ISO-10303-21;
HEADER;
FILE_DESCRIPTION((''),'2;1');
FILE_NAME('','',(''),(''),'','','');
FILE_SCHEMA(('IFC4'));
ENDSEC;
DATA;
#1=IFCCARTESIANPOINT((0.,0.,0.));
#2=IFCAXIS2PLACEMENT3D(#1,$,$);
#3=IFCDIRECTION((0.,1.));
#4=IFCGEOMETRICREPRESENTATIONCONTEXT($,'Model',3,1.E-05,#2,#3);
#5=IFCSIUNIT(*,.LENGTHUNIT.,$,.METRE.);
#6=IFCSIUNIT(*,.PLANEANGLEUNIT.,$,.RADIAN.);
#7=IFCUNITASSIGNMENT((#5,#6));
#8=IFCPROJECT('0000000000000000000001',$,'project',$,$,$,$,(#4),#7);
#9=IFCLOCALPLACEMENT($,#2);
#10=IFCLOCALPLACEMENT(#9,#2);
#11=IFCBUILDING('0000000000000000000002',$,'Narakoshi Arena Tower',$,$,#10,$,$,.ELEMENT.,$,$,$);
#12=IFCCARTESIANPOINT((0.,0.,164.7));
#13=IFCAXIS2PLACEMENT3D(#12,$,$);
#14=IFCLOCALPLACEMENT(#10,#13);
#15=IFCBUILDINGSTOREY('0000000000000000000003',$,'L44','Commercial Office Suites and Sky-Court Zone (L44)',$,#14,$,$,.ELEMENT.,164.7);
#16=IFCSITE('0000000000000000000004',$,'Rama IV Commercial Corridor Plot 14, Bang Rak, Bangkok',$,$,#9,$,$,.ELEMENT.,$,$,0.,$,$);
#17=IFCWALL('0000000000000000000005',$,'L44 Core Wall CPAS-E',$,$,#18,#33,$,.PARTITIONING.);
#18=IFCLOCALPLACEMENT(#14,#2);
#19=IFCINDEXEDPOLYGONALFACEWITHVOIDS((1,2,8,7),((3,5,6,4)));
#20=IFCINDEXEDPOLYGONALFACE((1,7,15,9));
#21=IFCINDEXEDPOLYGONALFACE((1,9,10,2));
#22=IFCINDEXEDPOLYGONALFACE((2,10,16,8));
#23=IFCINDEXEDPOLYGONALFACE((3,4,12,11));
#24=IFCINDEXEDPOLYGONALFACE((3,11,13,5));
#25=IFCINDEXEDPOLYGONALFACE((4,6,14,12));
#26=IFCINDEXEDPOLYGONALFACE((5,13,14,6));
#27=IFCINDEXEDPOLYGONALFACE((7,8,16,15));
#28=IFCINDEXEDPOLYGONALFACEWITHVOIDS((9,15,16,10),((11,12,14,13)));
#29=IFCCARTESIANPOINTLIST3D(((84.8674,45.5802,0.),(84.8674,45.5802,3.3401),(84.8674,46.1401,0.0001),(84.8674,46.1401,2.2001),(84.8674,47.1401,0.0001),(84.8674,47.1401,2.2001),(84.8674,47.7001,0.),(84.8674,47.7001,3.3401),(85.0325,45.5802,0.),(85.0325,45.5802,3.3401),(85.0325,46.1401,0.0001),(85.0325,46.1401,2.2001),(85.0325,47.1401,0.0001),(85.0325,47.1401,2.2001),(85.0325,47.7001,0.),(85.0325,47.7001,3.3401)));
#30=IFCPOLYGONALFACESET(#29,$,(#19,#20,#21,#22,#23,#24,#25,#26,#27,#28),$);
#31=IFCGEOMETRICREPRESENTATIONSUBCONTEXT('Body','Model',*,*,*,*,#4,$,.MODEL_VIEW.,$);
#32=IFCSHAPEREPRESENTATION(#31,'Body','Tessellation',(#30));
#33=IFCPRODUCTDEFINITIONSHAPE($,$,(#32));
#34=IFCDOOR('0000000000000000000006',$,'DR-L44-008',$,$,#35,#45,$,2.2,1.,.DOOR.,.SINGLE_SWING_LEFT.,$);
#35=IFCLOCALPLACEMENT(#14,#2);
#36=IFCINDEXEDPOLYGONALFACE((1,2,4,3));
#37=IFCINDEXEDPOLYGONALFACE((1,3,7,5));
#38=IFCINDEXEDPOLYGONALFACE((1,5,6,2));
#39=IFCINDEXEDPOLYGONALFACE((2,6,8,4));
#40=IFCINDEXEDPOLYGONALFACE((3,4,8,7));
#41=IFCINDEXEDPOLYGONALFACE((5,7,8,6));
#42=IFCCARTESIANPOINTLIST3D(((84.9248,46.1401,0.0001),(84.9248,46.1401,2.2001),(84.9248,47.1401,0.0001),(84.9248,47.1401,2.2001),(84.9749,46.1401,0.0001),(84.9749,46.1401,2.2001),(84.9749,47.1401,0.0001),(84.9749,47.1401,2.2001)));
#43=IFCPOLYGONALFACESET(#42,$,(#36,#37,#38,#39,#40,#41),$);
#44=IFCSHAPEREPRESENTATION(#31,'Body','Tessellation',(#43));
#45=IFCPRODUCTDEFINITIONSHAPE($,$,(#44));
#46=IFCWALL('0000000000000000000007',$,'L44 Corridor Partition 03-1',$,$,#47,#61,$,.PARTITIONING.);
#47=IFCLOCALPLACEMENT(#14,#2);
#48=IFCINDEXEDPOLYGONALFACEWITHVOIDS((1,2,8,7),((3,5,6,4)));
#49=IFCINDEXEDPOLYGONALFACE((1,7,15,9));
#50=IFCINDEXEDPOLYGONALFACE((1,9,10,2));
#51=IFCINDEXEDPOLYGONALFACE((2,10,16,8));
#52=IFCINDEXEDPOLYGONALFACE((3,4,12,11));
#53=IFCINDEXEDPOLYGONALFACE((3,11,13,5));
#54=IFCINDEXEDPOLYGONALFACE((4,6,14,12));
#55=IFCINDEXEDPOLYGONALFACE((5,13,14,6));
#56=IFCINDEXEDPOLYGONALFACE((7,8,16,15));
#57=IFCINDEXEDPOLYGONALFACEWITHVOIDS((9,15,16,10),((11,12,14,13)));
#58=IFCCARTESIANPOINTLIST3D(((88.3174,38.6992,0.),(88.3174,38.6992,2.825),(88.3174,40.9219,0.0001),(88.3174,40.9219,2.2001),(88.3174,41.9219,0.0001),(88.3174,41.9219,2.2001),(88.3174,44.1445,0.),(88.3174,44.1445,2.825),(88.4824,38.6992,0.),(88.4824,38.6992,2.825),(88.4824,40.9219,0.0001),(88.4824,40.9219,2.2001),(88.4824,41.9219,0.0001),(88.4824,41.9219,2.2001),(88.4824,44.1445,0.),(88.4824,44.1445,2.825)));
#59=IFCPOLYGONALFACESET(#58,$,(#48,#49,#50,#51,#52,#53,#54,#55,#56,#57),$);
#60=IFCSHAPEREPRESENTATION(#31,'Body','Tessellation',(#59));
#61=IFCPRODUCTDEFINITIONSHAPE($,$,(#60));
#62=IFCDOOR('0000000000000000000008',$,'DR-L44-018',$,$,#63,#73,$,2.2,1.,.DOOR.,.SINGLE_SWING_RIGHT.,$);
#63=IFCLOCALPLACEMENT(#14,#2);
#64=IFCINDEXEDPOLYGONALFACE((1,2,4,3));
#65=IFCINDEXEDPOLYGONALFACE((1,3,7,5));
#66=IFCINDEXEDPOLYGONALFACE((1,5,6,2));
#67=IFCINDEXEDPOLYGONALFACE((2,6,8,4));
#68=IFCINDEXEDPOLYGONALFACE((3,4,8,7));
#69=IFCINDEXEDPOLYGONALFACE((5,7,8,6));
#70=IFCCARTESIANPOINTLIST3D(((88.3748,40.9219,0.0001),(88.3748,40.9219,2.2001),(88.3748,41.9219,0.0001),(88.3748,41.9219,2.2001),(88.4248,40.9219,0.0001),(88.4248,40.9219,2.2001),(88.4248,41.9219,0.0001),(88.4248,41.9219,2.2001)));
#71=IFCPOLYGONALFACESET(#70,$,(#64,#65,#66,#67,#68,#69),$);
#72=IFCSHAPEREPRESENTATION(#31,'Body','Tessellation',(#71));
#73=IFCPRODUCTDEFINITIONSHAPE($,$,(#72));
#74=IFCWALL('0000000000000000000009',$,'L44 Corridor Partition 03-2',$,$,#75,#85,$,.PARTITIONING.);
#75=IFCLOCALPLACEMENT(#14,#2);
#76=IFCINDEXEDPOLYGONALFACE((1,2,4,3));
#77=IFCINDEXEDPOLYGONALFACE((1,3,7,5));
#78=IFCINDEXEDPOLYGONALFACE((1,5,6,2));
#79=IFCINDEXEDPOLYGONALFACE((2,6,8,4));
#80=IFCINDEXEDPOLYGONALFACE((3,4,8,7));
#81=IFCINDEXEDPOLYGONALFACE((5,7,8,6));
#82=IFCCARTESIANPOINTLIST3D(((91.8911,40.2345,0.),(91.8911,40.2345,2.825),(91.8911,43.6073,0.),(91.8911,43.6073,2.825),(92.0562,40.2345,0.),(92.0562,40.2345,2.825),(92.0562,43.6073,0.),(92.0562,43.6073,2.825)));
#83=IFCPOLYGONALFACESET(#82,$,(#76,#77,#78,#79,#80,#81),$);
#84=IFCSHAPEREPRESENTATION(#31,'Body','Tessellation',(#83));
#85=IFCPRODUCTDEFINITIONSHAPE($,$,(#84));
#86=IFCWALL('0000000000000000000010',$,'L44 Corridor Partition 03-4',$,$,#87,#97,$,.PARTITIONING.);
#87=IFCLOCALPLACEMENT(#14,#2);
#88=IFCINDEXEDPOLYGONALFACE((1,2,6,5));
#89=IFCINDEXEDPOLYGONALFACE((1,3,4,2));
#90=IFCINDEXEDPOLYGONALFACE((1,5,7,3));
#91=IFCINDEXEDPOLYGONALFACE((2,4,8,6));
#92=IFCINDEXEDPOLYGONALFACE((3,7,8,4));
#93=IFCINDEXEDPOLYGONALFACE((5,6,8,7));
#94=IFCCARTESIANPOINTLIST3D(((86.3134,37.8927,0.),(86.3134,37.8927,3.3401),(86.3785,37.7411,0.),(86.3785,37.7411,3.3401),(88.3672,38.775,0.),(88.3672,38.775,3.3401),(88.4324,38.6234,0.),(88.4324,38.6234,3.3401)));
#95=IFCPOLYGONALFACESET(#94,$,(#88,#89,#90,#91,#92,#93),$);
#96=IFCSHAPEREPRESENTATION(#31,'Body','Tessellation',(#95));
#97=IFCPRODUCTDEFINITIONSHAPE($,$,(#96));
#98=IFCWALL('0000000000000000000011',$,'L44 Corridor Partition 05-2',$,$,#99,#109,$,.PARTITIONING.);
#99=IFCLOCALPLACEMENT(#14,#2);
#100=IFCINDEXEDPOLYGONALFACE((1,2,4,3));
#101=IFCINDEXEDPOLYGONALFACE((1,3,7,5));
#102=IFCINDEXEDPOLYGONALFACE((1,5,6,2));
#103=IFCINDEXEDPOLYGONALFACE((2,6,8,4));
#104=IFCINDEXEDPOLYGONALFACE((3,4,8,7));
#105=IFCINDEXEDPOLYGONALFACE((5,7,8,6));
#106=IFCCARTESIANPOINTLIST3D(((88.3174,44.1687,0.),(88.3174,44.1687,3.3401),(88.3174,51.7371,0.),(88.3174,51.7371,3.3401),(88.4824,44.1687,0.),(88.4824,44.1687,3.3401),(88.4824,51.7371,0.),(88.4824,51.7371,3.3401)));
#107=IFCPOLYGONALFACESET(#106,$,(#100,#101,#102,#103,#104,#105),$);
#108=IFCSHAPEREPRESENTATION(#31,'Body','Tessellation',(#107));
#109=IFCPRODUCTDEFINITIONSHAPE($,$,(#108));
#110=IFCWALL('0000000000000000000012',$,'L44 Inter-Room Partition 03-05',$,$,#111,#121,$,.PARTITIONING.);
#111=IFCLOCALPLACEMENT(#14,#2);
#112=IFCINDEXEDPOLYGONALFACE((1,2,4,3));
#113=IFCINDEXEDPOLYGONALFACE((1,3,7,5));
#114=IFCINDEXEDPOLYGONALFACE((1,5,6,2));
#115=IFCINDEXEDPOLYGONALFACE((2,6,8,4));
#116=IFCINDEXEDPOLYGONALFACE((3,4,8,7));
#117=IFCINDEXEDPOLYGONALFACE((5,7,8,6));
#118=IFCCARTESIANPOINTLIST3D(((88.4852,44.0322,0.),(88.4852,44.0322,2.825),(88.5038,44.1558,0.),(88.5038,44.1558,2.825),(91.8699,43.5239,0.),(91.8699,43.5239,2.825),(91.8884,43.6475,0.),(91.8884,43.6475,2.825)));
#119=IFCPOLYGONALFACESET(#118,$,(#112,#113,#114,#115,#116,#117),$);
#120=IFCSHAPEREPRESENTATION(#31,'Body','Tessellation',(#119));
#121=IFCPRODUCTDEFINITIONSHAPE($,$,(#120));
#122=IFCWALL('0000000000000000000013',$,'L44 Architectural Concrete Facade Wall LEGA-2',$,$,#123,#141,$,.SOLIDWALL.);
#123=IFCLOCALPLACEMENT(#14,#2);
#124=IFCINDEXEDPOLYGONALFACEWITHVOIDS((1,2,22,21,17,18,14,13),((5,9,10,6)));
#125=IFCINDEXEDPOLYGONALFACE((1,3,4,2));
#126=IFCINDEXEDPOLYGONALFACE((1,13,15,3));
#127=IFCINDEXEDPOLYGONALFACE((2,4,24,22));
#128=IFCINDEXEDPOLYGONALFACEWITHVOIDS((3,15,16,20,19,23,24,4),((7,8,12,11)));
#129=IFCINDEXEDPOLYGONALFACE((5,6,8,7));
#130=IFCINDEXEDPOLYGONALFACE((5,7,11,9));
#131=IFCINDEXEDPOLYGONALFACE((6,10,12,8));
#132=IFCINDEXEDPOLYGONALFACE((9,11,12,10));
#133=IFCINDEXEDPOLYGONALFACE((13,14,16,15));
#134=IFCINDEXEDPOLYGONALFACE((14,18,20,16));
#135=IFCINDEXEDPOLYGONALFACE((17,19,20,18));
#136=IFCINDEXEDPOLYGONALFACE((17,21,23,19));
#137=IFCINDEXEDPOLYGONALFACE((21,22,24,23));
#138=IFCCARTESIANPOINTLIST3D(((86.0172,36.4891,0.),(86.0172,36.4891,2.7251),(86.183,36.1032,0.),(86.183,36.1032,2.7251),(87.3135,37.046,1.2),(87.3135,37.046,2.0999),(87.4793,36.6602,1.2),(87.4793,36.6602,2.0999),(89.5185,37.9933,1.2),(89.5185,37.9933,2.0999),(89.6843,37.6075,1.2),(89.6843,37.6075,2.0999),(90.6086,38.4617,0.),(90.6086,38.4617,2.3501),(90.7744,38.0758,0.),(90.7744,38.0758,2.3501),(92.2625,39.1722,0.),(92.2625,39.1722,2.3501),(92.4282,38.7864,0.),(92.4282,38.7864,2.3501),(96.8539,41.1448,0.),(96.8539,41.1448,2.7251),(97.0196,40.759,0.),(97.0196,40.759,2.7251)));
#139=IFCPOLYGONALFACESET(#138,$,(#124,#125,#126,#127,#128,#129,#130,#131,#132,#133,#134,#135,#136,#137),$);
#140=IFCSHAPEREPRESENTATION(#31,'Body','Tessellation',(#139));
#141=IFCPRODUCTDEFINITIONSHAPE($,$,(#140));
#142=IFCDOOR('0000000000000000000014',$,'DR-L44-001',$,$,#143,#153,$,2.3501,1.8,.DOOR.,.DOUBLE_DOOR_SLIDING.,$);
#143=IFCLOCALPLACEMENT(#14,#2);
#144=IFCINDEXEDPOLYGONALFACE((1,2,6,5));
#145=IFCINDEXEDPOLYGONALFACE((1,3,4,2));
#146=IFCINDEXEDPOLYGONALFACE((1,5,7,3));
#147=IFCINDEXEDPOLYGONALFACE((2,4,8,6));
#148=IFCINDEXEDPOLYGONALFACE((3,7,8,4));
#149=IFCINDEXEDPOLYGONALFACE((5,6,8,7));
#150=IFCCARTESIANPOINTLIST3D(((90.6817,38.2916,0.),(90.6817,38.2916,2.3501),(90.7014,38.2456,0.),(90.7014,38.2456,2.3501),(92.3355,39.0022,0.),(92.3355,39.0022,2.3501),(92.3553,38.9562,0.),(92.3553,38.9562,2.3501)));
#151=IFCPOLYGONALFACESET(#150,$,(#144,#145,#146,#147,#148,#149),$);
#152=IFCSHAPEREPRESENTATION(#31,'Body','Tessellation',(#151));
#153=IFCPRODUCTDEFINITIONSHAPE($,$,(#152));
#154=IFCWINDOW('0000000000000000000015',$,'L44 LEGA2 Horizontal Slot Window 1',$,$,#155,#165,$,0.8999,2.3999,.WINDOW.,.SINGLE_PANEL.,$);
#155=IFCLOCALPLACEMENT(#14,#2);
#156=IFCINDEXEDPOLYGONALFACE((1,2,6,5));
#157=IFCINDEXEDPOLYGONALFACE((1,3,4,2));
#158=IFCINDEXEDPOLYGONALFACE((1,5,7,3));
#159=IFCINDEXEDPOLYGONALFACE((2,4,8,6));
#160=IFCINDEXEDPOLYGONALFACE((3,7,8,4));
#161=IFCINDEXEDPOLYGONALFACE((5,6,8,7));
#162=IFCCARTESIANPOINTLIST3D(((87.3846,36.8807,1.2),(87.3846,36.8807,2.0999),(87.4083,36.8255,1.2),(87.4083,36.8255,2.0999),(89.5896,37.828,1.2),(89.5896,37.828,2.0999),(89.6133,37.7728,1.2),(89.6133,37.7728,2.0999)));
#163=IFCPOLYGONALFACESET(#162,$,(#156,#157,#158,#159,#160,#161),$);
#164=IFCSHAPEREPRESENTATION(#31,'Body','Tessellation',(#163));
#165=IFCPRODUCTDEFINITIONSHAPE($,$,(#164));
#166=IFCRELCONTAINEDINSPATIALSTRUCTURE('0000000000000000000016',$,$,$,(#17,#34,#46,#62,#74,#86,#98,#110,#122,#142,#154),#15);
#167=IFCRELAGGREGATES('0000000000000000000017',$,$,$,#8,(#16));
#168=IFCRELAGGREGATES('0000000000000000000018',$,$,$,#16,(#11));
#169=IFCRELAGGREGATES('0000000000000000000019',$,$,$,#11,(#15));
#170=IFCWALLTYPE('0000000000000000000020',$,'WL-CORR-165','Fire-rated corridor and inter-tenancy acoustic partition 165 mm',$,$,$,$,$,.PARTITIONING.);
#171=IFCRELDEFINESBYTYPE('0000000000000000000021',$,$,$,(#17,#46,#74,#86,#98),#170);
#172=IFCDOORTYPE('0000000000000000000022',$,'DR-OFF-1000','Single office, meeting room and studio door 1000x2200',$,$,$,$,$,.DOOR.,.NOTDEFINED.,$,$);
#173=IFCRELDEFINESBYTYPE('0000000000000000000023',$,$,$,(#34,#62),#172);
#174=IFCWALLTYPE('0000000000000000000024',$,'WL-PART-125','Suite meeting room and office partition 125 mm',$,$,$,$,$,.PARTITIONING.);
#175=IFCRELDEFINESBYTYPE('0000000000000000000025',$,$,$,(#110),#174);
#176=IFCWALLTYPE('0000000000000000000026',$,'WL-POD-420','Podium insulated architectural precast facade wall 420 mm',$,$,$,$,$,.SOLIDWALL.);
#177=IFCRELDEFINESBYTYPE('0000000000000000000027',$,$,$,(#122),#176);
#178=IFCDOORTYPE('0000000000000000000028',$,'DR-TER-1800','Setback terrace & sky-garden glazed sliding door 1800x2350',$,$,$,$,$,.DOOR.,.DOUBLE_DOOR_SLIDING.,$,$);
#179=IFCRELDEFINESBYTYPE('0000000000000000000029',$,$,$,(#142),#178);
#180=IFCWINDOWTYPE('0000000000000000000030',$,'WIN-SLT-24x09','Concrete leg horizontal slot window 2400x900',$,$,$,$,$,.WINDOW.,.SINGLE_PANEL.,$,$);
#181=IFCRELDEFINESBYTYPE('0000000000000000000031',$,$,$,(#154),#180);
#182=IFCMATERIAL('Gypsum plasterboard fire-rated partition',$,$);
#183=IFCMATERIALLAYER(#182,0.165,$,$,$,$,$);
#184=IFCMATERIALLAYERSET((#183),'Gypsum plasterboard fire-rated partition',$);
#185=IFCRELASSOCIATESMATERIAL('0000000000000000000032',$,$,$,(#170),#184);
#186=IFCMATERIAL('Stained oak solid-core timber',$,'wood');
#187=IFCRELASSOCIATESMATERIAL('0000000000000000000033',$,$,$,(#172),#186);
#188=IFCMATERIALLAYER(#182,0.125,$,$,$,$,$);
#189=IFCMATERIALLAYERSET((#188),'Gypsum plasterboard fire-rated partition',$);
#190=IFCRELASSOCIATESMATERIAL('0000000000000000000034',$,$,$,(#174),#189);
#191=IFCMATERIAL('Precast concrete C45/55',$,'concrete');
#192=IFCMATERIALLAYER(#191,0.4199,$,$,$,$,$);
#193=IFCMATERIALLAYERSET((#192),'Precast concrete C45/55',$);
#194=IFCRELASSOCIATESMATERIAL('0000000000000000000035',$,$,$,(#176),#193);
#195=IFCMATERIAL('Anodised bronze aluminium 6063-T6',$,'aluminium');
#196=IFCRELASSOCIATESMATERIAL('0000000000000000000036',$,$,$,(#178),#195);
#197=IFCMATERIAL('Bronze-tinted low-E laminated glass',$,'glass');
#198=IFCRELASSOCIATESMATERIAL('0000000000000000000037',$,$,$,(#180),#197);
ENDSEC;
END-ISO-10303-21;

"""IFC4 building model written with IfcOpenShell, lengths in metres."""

from ifc_helpers import new_model, si_unit, direction, frame, frame_2d, origin, place, context, subcontext, project, spatial, rectangle, extrude, material, layer, layer_set, type_object, element, fill, save


model = new_model("IFC4")

# Units and contexts
model_context = context("Model", 3, precision=1e-05, world=origin(), true_north=direction((0.0, 1.0)))
body_context = subcontext(model_context, "Body", "Model", "MODEL_VIEW")
ifc_project = project(units=[si_unit("LENGTHUNIT", "METRE"), si_unit("PLANEANGLEUNIT", "RADIAN")], contexts=[model_context])

# Site, building, storey
site_placement = place(None, origin())
site = spatial("IfcSite", under=ifc_project, at=site_placement, Name="Rama IV Commercial Corridor Plot 14, Bang Rak, Bangkok", CompositionType="ELEMENT", RefElevation=0.0)
building_placement = place(site_placement, origin())
building = spatial("IfcBuilding", under=site, at=building_placement, Name="Narakoshi Arena Tower", CompositionType="ELEMENT")
storey_placement = place(building_placement, frame((0.0, 0.0, 164.7)))
storey = spatial("IfcBuildingStorey", under=building, at=storey_placement, Name="L44", Description="Commercial Office Suites and Sky-Court Zone (L44)", CompositionType="ELEMENT", Elevation=164.7)

# Walls, openings, doors
ifc_material_1 = material(Name="Gypsum plasterboard fire-rated partition")
ifc_layer_1 = layer(ifc_material_1, 0.165)
ifc_layer_set_1 = layer_set([ifc_layer_1], Name="Gypsum plasterboard fire-rated partition")
wall_type_1 = type_object("IfcWallType", Name="WL-CORR-165", Description="Fire-rated corridor and inter-tenancy acoustic partition 165 mm", PredefinedType="PARTITIONING", material=ifc_layer_set_1)
wall_1_placement = place(storey_placement, frame((84.95, 45.5801, 0.0), z_axis=(0.0, 0.0, 1.0), x_axis=(0.0, 1.0, 0.0)))
wall_1 = element("IfcWall", 1, at=wall_1_placement, inside=storey, type_object=wall_type_1, Name="L44 Core Wall CPAS-E", PredefinedType="PARTITIONING", context=body_context, shape_type="SweptSolid", body=[
    extrude(rectangle(XDim=2.1199, YDim=0.165, at=frame_2d((1.0601, 0.0))), origin(), (0.0, 0.0, 1.0), 3.3401),
])
opening_1_placement = place(wall_1_placement, frame((0.5601, 0.0, 0.0)))
opening_1 = element("IfcOpeningElement", 2, at=opening_1_placement, cuts=wall_1, PredefinedType="OPENING", context=body_context, shape_type="SweptSolid", body=[
    extrude(rectangle(XDim=1.0, YDim=2.2, at=frame_2d((0.5, 1.1001))), frame((0.0, 0.0925, 0.0), z_axis=(0.0, -1.0, 0.0), x_axis=(1.0, 0.0, 0.0)), (0.0, 0.0, 1.0), 0.1851),
])
ifc_material_2 = material(Name="Stained oak solid-core timber", Category="wood")
door_type_1 = type_object("IfcDoorType", Name="DR-OFF-1000", Description="Single office, meeting room and studio door 1000x2200", OperationType="NOTDEFINED", PredefinedType="DOOR", material=ifc_material_2)
door_1_placement = place(opening_1_placement, frame((1.0, 0.0, 0.0), z_axis=(0.0, 0.0, 1.0), x_axis=(-1.0, 0.0, 0.0)))
door_1 = element("IfcDoor", 3, at=door_1_placement, inside=storey, type_object=door_type_1, Name="DR-L44-008", OperationType="SINGLE_SWING_LEFT", OverallHeight=2.2, OverallWidth=1.0, PredefinedType="DOOR", context=body_context, shape_type="SweptSolid", body=[
    extrude(rectangle(XDim=1.0, YDim=2.2, at=frame_2d((0.5, 1.1001))), frame((0.0, 0.0249, 0.0), z_axis=(0.0, -1.0, 0.0), x_axis=(1.0, 0.0, 0.0)), (0.0, 0.0, 1.0), 0.05),
])
fill(opening_1, door_1)
wall_2_placement = place(storey_placement, frame((88.3999, 38.6992, 0.0), z_axis=(0.0, 0.0, 1.0), x_axis=(0.0, 1.0, 0.0)))
wall_2 = element("IfcWall", 4, at=wall_2_placement, inside=storey, type_object=wall_type_1, Name="L44 Corridor Partition 03-1", PredefinedType="PARTITIONING", context=body_context, shape_type="SweptSolid", body=[
    extrude(rectangle(XDim=5.4453, YDim=0.165, at=frame_2d((2.7227, 0.0))), origin(), (0.0, 0.0, 1.0), 2.825),
])
opening_2_placement = place(wall_2_placement, frame((2.2227, 0.0, 0.0)))
opening_2 = element("IfcOpeningElement", 5, at=opening_2_placement, cuts=wall_2, PredefinedType="OPENING", context=body_context, shape_type="SweptSolid", body=[
    extrude(rectangle(XDim=1.0, YDim=2.2, at=frame_2d((0.5, 1.1001))), frame((0.0, 0.0925, 0.0), z_axis=(0.0, -1.0, 0.0), x_axis=(1.0, 0.0, 0.0)), (0.0, 0.0, 1.0), 0.1851),
])
door_2_placement = place(opening_2_placement, frame((1.0, 0.0, 0.0), z_axis=(0.0, 0.0, 1.0), x_axis=(-1.0, 0.0, 0.0)))
door_2 = element("IfcDoor", 6, at=door_2_placement, inside=storey, type_object=door_type_1, Name="DR-L44-018", OperationType="SINGLE_SWING_RIGHT", OverallHeight=2.2, OverallWidth=1.0, PredefinedType="DOOR", context=body_context, shape_type="SweptSolid", body=[
    extrude(rectangle(XDim=1.0, YDim=2.2, at=frame_2d((0.5, 1.1001))), frame((0.0, 0.0249, 0.0), z_axis=(0.0, -1.0, 0.0), x_axis=(1.0, 0.0, 0.0)), (0.0, 0.0, 1.0), 0.05),
])
fill(opening_2, door_2)

# Walls
wall_3_placement = place(storey_placement, frame((91.9736, 43.6074, 0.0), z_axis=(0.0, 0.0, 1.0), x_axis=(0.0, -1.0, 0.0)))
element("IfcWall", 7, at=wall_3_placement, inside=storey, type_object=wall_type_1, Name="L44 Corridor Partition 03-2", PredefinedType="PARTITIONING", context=body_context, shape_type="SweptSolid", body=[
    extrude(rectangle(XDim=3.3728, YDim=0.165, at=frame_2d((1.6865, 0.0))), origin(), (0.0, 0.0, 1.0), 2.825),
])
wall_4_placement = place(storey_placement, frame((86.3459, 37.8169, 0.0), z_axis=(0.0, 0.0, 1.0), x_axis=(0.918811, 0.394697, 0.0)))
element("IfcWall", 8, at=wall_4_placement, inside=storey, type_object=wall_type_1, Name="L44 Corridor Partition 03-4", PredefinedType="PARTITIONING", context=body_context, shape_type="SweptSolid", body=[
    extrude(rectangle(XDim=2.2354, YDim=0.165, at=frame_2d((1.1177, 0.0))), origin(), (0.0, 0.0, 1.0), 3.3401),
])
wall_5_placement = place(storey_placement, frame((88.3999, 44.1687, 0.0), z_axis=(0.0, 0.0, 1.0), x_axis=(0.0, 1.0, 0.0)))
element("IfcWall", 9, at=wall_5_placement, inside=storey, type_object=wall_type_1, Name="L44 Corridor Partition 05-2", PredefinedType="PARTITIONING", context=body_context, shape_type="SweptSolid", body=[
    extrude(rectangle(XDim=7.5684, YDim=0.165, at=frame_2d((3.7842, 0.0))), origin(), (0.0, 0.0, 1.0), 3.3401),
])
ifc_layer_2 = layer(ifc_material_1, 0.125)
ifc_layer_set_2 = layer_set([ifc_layer_2], Name="Gypsum plasterboard fire-rated partition")
wall_type_2 = type_object("IfcWallType", Name="WL-PART-125", Description="Suite meeting room and office partition 125 mm", PredefinedType="PARTITIONING", material=ifc_layer_set_2)
wall_6_placement = place(storey_placement, frame((88.4944, 44.094, 0.0), z_axis=(0.0, 0.0, 1.0), x_axis=(0.988911, -0.148508, 0.0)))
element("IfcWall", 10, at=wall_6_placement, inside=storey, type_object=wall_type_2, Name="L44 Inter-Room Partition 03-05", PredefinedType="PARTITIONING", context=body_context, shape_type="SweptSolid", body=[
    extrude(rectangle(XDim=3.4226, YDim=0.125, at=frame_2d((1.7114, 0.0))), origin(), (0.0, 0.0, 1.0), 2.825),
])

# Wall, openings, door, window
ifc_material_3 = material(Name="Precast concrete C45/55", Category="concrete")
ifc_layer_3 = layer(ifc_material_3, 0.4199)
ifc_layer_set_3 = layer_set([ifc_layer_3], Name="Precast concrete C45/55")
wall_type_3 = type_object("IfcWallType", Name="WL-POD-420", Description="Podium insulated architectural precast facade wall 420 mm", PredefinedType="SOLIDWALL", material=ifc_layer_set_3)
wall_7_placement = place(storey_placement, frame((86.1001, 36.2961, 0.0), z_axis=(0.0, 0.0, 1.0), x_axis=(0.918792, 0.394741, 0.0)))
wall_7 = element("IfcWall", 11, at=wall_7_placement, inside=storey, type_object=wall_type_3, Name="L44 Architectural Concrete Facade Wall LEGA-2", PredefinedType="SOLIDWALL", context=body_context, shape_type="SweptSolid", body=[
    extrude(rectangle(XDim=11.7944, YDim=0.4199, at=frame_2d((5.8972, 0.0))), origin(), (0.0, 0.0, 1.0), 2.7251),
])
opening_3_placement = place(wall_7_placement, frame((4.9973, 0.0, 0.0)))
opening_3 = element("IfcOpeningElement", 12, at=opening_3_placement, cuts=wall_7, PredefinedType="OPENING", context=body_context, shape_type="SweptSolid", body=[
    extrude(rectangle(XDim=1.8, YDim=2.3501, at=frame_2d((0.8999, 1.175))), frame((0.0, 0.22, 0.0), z_axis=(0.0, -1.0, 0.0), x_axis=(1.0, 0.0, 0.0)), (0.0, 0.0, 1.0), 0.4399),
])
opening_4_placement = place(wall_7_placement, frame((1.4109, 0.0, 1.2)))
opening_4 = element("IfcOpeningElement", 13, at=opening_4_placement, cuts=wall_7, PredefinedType="OPENING", context=body_context, shape_type="SweptSolid", body=[
    extrude(rectangle(XDim=2.3999, YDim=0.8999, at=frame_2d((1.2, 0.45))), frame((0.0, 0.22, 0.0), z_axis=(0.0, -1.0, 0.0), x_axis=(1.0, 0.0, 0.0)), (0.0, 0.0, 1.0), 0.4399),
])
ifc_material_4 = material(Name="Anodised bronze aluminium 6063-T6", Category="aluminium")
door_type_2 = type_object("IfcDoorType", Name="DR-TER-1800", Description="Setback terrace & sky-garden glazed sliding door 1800x2350", OperationType="DOUBLE_DOOR_SLIDING", PredefinedType="DOOR", material=ifc_material_4)
door_3_placement = place(opening_3_placement, origin())
door_3 = element("IfcDoor", 14, at=door_3_placement, inside=storey, type_object=door_type_2, Name="DR-L44-001", OperationType="DOUBLE_DOOR_SLIDING", OverallHeight=2.3501, OverallWidth=1.8, PredefinedType="DOOR", context=body_context, shape_type="SweptSolid", body=[
    extrude(rectangle(XDim=1.8, YDim=2.3501, at=frame_2d((0.8999, 1.175))), frame((0.0, 0.0249, 0.0), z_axis=(0.0, -1.0, 0.0), x_axis=(1.0, 0.0, 0.0)), (0.0, 0.0, 1.0), 0.05),
])
fill(opening_3, door_3)
ifc_material_5 = material(Name="Bronze-tinted low-E laminated glass", Category="glass")
window_type = type_object("IfcWindowType", Name="WIN-SLT-24x09", Description="Concrete leg horizontal slot window 2400x900", PartitioningType="SINGLE_PANEL", PredefinedType="WINDOW", material=ifc_material_5)
window_placement = place(opening_4_placement, origin())
window = element("IfcWindow", 15, at=window_placement, inside=storey, type_object=window_type, Name="L44 LEGA2 Horizontal Slot Window 1", OverallHeight=0.8999, OverallWidth=2.3999, PartitioningType="SINGLE_PANEL", PredefinedType="WINDOW", context=body_context, shape_type="SweptSolid", body=[
    extrude(rectangle(XDim=2.3999, YDim=0.8999, at=frame_2d((1.2, 0.45))), frame((0.0, 0.03, 0.0), z_axis=(0.0, -1.0, 0.0), x_axis=(1.0, 0.0, 0.0)), (0.0, 0.0, 1.0), 0.0601),
])
fill(opening_4, window)

save(model, "model.ifc")
